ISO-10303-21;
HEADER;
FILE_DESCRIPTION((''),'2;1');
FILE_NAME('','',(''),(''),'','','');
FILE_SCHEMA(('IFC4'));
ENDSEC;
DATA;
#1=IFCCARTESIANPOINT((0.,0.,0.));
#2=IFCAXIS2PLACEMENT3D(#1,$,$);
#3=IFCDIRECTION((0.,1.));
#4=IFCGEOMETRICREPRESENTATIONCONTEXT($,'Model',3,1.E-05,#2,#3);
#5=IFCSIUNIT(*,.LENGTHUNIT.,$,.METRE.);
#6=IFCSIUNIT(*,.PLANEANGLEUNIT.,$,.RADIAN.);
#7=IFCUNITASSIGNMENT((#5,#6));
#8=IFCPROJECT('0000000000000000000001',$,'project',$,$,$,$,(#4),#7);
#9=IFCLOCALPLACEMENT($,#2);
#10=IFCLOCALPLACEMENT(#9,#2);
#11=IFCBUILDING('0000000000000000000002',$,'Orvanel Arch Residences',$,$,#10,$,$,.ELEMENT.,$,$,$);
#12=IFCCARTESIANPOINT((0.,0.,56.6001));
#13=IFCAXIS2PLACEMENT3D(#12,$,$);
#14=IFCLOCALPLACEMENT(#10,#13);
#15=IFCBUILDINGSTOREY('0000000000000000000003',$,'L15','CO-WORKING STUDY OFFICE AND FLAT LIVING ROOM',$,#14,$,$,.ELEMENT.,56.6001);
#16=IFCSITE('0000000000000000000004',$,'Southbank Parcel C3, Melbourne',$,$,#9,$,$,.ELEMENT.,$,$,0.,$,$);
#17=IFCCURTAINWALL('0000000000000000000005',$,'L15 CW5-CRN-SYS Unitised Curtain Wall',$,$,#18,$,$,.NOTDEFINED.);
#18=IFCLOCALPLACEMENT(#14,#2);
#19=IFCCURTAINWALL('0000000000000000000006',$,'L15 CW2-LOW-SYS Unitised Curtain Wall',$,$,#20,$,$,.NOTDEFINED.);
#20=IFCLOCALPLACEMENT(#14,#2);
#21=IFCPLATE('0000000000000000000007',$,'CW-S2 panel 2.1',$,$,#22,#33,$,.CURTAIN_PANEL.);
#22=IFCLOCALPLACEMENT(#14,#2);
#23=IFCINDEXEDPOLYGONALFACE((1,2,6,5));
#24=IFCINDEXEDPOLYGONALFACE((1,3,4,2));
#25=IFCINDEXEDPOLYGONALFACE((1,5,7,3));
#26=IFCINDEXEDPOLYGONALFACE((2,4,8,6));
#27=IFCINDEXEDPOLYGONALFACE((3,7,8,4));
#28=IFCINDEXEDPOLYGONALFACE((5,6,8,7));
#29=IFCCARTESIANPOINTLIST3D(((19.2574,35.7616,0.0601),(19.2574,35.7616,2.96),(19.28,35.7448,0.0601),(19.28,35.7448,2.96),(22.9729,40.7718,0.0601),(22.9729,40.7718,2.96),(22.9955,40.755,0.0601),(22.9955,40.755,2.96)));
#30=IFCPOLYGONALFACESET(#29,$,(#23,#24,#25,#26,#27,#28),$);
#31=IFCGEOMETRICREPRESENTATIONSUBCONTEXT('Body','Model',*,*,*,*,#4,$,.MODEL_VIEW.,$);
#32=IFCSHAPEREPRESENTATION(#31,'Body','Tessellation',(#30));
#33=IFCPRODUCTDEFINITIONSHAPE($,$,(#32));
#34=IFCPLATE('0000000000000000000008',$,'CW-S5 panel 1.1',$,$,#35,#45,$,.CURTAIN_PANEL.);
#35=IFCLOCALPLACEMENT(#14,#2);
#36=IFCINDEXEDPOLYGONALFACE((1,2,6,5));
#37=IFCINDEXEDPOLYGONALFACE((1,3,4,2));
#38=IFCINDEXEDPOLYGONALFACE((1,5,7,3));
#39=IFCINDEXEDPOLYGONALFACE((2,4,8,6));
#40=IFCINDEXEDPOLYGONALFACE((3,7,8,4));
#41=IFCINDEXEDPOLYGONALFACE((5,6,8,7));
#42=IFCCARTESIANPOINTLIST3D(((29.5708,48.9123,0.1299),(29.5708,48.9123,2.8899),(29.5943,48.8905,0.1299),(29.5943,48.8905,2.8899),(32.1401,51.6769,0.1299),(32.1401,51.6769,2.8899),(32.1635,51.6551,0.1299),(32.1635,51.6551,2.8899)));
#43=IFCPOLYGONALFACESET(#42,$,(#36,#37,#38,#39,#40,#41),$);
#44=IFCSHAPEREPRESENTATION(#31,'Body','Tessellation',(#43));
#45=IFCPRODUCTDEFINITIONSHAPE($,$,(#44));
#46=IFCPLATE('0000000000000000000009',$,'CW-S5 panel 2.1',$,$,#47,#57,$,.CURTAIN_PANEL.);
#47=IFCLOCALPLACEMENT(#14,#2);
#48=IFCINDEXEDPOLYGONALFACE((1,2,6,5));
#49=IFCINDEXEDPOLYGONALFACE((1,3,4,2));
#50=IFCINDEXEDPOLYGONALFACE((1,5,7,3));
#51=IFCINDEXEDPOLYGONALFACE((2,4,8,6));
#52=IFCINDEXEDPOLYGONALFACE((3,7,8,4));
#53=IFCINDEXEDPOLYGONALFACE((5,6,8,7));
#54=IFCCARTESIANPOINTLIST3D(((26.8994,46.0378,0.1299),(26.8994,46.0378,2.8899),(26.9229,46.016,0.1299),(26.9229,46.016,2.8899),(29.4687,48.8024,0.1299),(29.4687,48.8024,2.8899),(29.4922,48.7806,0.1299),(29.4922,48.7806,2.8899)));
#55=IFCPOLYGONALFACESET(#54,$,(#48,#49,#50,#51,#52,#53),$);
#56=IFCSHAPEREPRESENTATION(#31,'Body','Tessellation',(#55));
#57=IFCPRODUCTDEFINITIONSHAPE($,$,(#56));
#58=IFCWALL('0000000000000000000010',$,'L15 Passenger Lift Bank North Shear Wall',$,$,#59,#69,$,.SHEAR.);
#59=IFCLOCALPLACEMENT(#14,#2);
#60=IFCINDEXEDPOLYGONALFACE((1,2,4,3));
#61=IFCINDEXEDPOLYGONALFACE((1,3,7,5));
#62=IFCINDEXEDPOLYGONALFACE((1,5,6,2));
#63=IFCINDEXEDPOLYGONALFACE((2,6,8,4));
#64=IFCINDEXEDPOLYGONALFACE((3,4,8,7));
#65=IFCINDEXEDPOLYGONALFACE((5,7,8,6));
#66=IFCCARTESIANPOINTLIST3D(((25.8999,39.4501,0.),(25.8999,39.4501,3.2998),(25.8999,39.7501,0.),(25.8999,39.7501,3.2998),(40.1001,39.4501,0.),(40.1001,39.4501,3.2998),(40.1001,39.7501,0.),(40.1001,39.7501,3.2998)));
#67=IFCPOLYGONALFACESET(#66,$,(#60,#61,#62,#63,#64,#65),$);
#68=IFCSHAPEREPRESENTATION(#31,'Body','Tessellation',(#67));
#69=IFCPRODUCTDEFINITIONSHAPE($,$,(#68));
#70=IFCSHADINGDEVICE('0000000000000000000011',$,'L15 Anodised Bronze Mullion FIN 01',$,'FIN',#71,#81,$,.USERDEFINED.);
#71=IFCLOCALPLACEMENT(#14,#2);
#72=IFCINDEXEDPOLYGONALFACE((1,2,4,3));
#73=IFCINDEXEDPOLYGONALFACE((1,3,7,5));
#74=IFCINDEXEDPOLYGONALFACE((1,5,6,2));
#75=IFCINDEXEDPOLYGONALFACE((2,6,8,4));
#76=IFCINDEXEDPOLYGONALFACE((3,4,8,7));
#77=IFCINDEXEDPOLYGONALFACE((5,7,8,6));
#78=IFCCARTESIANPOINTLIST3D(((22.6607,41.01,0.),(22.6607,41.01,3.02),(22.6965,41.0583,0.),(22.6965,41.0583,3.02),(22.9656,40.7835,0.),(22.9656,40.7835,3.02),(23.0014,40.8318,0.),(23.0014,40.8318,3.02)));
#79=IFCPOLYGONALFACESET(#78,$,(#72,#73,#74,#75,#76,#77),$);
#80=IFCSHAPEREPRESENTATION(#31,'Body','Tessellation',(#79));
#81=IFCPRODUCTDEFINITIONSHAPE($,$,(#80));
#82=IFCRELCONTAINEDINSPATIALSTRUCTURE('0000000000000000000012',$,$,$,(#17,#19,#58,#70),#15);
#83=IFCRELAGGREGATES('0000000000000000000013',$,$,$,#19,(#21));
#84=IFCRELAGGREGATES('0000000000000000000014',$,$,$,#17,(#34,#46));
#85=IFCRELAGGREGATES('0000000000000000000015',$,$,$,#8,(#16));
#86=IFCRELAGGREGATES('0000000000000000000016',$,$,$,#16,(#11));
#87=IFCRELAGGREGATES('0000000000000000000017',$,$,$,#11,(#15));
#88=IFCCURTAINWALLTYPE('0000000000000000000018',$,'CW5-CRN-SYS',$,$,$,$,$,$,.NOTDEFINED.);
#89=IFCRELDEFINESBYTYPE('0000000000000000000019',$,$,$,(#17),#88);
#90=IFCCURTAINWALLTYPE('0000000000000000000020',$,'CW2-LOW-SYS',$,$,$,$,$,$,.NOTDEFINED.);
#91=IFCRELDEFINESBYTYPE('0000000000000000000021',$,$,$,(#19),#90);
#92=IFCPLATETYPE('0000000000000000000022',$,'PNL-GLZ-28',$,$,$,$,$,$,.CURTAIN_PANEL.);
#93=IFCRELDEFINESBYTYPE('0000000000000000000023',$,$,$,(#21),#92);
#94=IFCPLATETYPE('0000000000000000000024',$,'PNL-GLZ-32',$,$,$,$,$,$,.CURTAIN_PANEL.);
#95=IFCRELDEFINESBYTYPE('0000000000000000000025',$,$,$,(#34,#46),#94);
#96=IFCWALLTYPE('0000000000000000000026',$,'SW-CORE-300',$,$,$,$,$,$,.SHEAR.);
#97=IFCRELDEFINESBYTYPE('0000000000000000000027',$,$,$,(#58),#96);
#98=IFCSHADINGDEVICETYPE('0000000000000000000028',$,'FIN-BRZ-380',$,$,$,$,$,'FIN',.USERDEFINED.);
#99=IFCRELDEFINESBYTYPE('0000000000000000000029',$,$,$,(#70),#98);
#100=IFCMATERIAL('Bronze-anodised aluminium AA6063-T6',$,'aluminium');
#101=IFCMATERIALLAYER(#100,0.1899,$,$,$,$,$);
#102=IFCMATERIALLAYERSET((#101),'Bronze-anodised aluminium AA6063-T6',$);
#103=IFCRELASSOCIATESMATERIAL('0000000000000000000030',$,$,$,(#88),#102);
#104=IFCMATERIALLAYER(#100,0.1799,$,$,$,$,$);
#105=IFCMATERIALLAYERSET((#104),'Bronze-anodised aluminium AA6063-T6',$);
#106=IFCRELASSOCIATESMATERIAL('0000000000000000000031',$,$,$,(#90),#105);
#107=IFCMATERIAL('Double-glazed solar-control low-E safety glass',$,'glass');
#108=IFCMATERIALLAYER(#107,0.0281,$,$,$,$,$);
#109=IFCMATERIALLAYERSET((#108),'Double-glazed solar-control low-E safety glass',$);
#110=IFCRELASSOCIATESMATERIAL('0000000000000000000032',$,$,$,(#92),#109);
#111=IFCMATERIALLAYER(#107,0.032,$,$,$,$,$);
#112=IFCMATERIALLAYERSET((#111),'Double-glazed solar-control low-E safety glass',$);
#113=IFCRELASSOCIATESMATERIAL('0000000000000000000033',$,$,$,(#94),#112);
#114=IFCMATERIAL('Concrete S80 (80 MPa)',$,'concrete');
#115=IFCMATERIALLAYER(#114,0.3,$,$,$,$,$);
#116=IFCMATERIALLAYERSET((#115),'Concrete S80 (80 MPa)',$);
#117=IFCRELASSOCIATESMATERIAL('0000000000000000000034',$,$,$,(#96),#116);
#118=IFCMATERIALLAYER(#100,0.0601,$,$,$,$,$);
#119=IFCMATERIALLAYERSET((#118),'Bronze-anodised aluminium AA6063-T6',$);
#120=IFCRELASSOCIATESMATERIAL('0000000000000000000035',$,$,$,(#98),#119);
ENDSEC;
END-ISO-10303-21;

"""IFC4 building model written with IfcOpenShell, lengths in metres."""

from ifc_helpers import new_model, si_unit, direction, frame, frame_2d, origin, origin_2d, place, context, subcontext, project, spatial, rectangle, extrude, material, layer, layer_set, type_object, element, aggregate, save


model = new_model("IFC4")

# Units and contexts
model_context = context("Model", 3, precision=1e-05, world=origin(), true_north=direction((0.0, 1.0)))
body_context = subcontext(model_context, "Body", "Model", "MODEL_VIEW")
ifc_project = project(units=[si_unit("LENGTHUNIT", "METRE"), si_unit("PLANEANGLEUNIT", "RADIAN")], contexts=[model_context])

# Site, building, storey
site_placement = place(None, origin())
site = spatial("IfcSite", under=ifc_project, at=site_placement, Name="Southbank Parcel C3, Melbourne", CompositionType="ELEMENT", RefElevation=0.0)
building_placement = place(site_placement, origin())
building = spatial("IfcBuilding", under=site, at=building_placement, Name="Orvanel Arch Residences", CompositionType="ELEMENT")
storey_placement = place(building_placement, frame((0.0, 0.0, 56.6001)))
storey = spatial("IfcBuildingStorey", under=building, at=storey_placement, Name="L15", Description="CO-WORKING STUDY OFFICE AND FLAT LIVING ROOM", CompositionType="ELEMENT", Elevation=56.6001)

# Curtain walls
ifc_material_1 = material(Name="Bronze-anodised aluminium AA6063-T6", Category="aluminium")
ifc_layer_1 = layer(ifc_material_1, 0.1899)
ifc_layer_set_1 = layer_set([ifc_layer_1], Name="Bronze-anodised aluminium AA6063-T6")
curtain_wall_type_1 = type_object("IfcCurtainWallType", Name="CW5-CRN-SYS", PredefinedType="NOTDEFINED", material=ifc_layer_set_1)
curtain_wall_1_placement = place(storey_placement, origin())
curtain_wall_1 = element("IfcCurtainWall", 1, at=curtain_wall_1_placement, inside=storey, type_object=curtain_wall_type_1, Name="L15 CW5-CRN-SYS Unitised Curtain Wall", PredefinedType="NOTDEFINED")
ifc_layer_2 = layer(ifc_material_1, 0.1799)
ifc_layer_set_2 = layer_set([ifc_layer_2], Name="Bronze-anodised aluminium AA6063-T6")
curtain_wall_type_2 = type_object("IfcCurtainWallType", Name="CW2-LOW-SYS", PredefinedType="NOTDEFINED", material=ifc_layer_set_2)
curtain_wall_2_placement = place(storey_placement, origin())
curtain_wall_2 = element("IfcCurtainWall", 2, at=curtain_wall_2_placement, inside=storey, type_object=curtain_wall_type_2, Name="L15 CW2-LOW-SYS Unitised Curtain Wall", PredefinedType="NOTDEFINED")

# Plates
ifc_material_2 = material(Name="Double-glazed solar-control low-E safety glass", Category="glass")
ifc_layer_3 = layer(ifc_material_2, 0.0281)
ifc_layer_set_3 = layer_set([ifc_layer_3], Name="Double-glazed solar-control low-E safety glass")
plate_type_1 = type_object("IfcPlateType", Name="PNL-GLZ-28", PredefinedType="CURTAIN_PANEL", material=ifc_layer_set_3)
plate_1_placement = place(storey_placement, frame((21.1265, 38.2583, 0.0601), z_axis=(0.0, 0.0, 1.0), x_axis=(-0.595665, -0.803233, 0.0)))
plate_1 = element("IfcPlate", 3, at=plate_1_placement, type_object=plate_type_1, Name="CW-S2 panel 2.1", PredefinedType="CURTAIN_PANEL", context=body_context, shape_type="SweptSolid", body=[
    extrude(rectangle(XDim=6.2375, YDim=0.0281, at=origin_2d()), origin(), (0.0, 0.0, 1.0), 2.8999),
])
aggregate(curtain_wall_2, [plate_1])
ifc_layer_4 = layer(ifc_material_2, 0.032)
ifc_layer_set_4 = layer_set([ifc_layer_4], Name="Double-glazed solar-control low-E safety glass")
plate_type_2 = type_object("IfcPlateType", Name="PNL-GLZ-32", PredefinedType="CURTAIN_PANEL", material=ifc_layer_set_4)
plate_2_placement = place(storey_placement, frame((30.8672, 50.2837, 0.1299), z_axis=(0.0, 0.0, 1.0), x_axis=(-0.680753, -0.732513, 0.0)))
plate_2 = element("IfcPlate", 4, at=plate_2_placement, type_object=plate_type_2, Name="CW-S5 panel 1.1", PredefinedType="CURTAIN_PANEL", context=body_context, shape_type="SweptSolid", body=[
    extrude(rectangle(XDim=3.7742, YDim=0.032, at=origin_2d()), origin(), (0.0, 0.0, 1.0), 2.76),
])
plate_3_placement = place(storey_placement, frame((28.1958, 47.4092, 0.1299), z_axis=(0.0, 0.0, 1.0), x_axis=(-0.680753, -0.732513, 0.0)))
plate_3 = element("IfcPlate", 5, at=plate_3_placement, type_object=plate_type_2, Name="CW-S5 panel 2.1", PredefinedType="CURTAIN_PANEL", context=body_context, shape_type="SweptSolid", body=[
    extrude(rectangle(XDim=3.7742, YDim=0.032, at=origin_2d()), origin(), (0.0, 0.0, 1.0), 2.76),
])
aggregate(curtain_wall_1, [plate_2, plate_3])

# Wall
ifc_material_3 = material(Name="Concrete S80 (80 MPa)", Category="concrete")
ifc_layer_5 = layer(ifc_material_3, 0.3)
ifc_layer_set_5 = layer_set([ifc_layer_5], Name="Concrete S80 (80 MPa)")
wall_type = type_object("IfcWallType", Name="SW-CORE-300", PredefinedType="SHEAR", material=ifc_layer_set_5)
wall_placement = place(storey_placement, frame((25.8999, 39.6001, 0.0), z_axis=(0.0, 0.0, 1.0), x_axis=(1.0, 0.0, 0.0)))
element("IfcWall", 6, at=wall_placement, inside=storey, type_object=wall_type, Name="L15 Passenger Lift Bank North Shear Wall", PredefinedType="SHEAR", context=body_context, shape_type="SweptSolid", body=[
    extrude(rectangle(XDim=14.2002, YDim=0.3, at=frame_2d((7.1001, 0.0))), origin(), (0.0, 0.0, 1.0), 3.2998),
])

# Shading device
ifc_layer_6 = layer(ifc_material_1, 0.0601)
ifc_layer_set_6 = layer_set([ifc_layer_6], Name="Bronze-anodised aluminium AA6063-T6")
shading_device_type = type_object("IfcShadingDeviceType", Name="FIN-BRZ-380", ElementType="FIN", PredefinedType="USERDEFINED", material=ifc_layer_set_6)
shading_device_placement = place(storey_placement, frame((22.8311, 40.9209, 0.0), z_axis=(0.0, 0.0, 1.0), x_axis=(-0.802817, 0.596225, 0.0)))
element("IfcShadingDevice", 7, at=shading_device_placement, inside=storey, type_object=shading_device_type, Name="L15 Anodised Bronze Mullion FIN 01", ObjectType="FIN", PredefinedType="USERDEFINED", context=body_context, shape_type="SweptSolid", body=[
    extrude(rectangle(XDim=0.3799, YDim=0.0601, at=origin_2d()), origin(), (0.0, 0.0, 1.0), 3.02),
])

save(model, "model.ifc")
